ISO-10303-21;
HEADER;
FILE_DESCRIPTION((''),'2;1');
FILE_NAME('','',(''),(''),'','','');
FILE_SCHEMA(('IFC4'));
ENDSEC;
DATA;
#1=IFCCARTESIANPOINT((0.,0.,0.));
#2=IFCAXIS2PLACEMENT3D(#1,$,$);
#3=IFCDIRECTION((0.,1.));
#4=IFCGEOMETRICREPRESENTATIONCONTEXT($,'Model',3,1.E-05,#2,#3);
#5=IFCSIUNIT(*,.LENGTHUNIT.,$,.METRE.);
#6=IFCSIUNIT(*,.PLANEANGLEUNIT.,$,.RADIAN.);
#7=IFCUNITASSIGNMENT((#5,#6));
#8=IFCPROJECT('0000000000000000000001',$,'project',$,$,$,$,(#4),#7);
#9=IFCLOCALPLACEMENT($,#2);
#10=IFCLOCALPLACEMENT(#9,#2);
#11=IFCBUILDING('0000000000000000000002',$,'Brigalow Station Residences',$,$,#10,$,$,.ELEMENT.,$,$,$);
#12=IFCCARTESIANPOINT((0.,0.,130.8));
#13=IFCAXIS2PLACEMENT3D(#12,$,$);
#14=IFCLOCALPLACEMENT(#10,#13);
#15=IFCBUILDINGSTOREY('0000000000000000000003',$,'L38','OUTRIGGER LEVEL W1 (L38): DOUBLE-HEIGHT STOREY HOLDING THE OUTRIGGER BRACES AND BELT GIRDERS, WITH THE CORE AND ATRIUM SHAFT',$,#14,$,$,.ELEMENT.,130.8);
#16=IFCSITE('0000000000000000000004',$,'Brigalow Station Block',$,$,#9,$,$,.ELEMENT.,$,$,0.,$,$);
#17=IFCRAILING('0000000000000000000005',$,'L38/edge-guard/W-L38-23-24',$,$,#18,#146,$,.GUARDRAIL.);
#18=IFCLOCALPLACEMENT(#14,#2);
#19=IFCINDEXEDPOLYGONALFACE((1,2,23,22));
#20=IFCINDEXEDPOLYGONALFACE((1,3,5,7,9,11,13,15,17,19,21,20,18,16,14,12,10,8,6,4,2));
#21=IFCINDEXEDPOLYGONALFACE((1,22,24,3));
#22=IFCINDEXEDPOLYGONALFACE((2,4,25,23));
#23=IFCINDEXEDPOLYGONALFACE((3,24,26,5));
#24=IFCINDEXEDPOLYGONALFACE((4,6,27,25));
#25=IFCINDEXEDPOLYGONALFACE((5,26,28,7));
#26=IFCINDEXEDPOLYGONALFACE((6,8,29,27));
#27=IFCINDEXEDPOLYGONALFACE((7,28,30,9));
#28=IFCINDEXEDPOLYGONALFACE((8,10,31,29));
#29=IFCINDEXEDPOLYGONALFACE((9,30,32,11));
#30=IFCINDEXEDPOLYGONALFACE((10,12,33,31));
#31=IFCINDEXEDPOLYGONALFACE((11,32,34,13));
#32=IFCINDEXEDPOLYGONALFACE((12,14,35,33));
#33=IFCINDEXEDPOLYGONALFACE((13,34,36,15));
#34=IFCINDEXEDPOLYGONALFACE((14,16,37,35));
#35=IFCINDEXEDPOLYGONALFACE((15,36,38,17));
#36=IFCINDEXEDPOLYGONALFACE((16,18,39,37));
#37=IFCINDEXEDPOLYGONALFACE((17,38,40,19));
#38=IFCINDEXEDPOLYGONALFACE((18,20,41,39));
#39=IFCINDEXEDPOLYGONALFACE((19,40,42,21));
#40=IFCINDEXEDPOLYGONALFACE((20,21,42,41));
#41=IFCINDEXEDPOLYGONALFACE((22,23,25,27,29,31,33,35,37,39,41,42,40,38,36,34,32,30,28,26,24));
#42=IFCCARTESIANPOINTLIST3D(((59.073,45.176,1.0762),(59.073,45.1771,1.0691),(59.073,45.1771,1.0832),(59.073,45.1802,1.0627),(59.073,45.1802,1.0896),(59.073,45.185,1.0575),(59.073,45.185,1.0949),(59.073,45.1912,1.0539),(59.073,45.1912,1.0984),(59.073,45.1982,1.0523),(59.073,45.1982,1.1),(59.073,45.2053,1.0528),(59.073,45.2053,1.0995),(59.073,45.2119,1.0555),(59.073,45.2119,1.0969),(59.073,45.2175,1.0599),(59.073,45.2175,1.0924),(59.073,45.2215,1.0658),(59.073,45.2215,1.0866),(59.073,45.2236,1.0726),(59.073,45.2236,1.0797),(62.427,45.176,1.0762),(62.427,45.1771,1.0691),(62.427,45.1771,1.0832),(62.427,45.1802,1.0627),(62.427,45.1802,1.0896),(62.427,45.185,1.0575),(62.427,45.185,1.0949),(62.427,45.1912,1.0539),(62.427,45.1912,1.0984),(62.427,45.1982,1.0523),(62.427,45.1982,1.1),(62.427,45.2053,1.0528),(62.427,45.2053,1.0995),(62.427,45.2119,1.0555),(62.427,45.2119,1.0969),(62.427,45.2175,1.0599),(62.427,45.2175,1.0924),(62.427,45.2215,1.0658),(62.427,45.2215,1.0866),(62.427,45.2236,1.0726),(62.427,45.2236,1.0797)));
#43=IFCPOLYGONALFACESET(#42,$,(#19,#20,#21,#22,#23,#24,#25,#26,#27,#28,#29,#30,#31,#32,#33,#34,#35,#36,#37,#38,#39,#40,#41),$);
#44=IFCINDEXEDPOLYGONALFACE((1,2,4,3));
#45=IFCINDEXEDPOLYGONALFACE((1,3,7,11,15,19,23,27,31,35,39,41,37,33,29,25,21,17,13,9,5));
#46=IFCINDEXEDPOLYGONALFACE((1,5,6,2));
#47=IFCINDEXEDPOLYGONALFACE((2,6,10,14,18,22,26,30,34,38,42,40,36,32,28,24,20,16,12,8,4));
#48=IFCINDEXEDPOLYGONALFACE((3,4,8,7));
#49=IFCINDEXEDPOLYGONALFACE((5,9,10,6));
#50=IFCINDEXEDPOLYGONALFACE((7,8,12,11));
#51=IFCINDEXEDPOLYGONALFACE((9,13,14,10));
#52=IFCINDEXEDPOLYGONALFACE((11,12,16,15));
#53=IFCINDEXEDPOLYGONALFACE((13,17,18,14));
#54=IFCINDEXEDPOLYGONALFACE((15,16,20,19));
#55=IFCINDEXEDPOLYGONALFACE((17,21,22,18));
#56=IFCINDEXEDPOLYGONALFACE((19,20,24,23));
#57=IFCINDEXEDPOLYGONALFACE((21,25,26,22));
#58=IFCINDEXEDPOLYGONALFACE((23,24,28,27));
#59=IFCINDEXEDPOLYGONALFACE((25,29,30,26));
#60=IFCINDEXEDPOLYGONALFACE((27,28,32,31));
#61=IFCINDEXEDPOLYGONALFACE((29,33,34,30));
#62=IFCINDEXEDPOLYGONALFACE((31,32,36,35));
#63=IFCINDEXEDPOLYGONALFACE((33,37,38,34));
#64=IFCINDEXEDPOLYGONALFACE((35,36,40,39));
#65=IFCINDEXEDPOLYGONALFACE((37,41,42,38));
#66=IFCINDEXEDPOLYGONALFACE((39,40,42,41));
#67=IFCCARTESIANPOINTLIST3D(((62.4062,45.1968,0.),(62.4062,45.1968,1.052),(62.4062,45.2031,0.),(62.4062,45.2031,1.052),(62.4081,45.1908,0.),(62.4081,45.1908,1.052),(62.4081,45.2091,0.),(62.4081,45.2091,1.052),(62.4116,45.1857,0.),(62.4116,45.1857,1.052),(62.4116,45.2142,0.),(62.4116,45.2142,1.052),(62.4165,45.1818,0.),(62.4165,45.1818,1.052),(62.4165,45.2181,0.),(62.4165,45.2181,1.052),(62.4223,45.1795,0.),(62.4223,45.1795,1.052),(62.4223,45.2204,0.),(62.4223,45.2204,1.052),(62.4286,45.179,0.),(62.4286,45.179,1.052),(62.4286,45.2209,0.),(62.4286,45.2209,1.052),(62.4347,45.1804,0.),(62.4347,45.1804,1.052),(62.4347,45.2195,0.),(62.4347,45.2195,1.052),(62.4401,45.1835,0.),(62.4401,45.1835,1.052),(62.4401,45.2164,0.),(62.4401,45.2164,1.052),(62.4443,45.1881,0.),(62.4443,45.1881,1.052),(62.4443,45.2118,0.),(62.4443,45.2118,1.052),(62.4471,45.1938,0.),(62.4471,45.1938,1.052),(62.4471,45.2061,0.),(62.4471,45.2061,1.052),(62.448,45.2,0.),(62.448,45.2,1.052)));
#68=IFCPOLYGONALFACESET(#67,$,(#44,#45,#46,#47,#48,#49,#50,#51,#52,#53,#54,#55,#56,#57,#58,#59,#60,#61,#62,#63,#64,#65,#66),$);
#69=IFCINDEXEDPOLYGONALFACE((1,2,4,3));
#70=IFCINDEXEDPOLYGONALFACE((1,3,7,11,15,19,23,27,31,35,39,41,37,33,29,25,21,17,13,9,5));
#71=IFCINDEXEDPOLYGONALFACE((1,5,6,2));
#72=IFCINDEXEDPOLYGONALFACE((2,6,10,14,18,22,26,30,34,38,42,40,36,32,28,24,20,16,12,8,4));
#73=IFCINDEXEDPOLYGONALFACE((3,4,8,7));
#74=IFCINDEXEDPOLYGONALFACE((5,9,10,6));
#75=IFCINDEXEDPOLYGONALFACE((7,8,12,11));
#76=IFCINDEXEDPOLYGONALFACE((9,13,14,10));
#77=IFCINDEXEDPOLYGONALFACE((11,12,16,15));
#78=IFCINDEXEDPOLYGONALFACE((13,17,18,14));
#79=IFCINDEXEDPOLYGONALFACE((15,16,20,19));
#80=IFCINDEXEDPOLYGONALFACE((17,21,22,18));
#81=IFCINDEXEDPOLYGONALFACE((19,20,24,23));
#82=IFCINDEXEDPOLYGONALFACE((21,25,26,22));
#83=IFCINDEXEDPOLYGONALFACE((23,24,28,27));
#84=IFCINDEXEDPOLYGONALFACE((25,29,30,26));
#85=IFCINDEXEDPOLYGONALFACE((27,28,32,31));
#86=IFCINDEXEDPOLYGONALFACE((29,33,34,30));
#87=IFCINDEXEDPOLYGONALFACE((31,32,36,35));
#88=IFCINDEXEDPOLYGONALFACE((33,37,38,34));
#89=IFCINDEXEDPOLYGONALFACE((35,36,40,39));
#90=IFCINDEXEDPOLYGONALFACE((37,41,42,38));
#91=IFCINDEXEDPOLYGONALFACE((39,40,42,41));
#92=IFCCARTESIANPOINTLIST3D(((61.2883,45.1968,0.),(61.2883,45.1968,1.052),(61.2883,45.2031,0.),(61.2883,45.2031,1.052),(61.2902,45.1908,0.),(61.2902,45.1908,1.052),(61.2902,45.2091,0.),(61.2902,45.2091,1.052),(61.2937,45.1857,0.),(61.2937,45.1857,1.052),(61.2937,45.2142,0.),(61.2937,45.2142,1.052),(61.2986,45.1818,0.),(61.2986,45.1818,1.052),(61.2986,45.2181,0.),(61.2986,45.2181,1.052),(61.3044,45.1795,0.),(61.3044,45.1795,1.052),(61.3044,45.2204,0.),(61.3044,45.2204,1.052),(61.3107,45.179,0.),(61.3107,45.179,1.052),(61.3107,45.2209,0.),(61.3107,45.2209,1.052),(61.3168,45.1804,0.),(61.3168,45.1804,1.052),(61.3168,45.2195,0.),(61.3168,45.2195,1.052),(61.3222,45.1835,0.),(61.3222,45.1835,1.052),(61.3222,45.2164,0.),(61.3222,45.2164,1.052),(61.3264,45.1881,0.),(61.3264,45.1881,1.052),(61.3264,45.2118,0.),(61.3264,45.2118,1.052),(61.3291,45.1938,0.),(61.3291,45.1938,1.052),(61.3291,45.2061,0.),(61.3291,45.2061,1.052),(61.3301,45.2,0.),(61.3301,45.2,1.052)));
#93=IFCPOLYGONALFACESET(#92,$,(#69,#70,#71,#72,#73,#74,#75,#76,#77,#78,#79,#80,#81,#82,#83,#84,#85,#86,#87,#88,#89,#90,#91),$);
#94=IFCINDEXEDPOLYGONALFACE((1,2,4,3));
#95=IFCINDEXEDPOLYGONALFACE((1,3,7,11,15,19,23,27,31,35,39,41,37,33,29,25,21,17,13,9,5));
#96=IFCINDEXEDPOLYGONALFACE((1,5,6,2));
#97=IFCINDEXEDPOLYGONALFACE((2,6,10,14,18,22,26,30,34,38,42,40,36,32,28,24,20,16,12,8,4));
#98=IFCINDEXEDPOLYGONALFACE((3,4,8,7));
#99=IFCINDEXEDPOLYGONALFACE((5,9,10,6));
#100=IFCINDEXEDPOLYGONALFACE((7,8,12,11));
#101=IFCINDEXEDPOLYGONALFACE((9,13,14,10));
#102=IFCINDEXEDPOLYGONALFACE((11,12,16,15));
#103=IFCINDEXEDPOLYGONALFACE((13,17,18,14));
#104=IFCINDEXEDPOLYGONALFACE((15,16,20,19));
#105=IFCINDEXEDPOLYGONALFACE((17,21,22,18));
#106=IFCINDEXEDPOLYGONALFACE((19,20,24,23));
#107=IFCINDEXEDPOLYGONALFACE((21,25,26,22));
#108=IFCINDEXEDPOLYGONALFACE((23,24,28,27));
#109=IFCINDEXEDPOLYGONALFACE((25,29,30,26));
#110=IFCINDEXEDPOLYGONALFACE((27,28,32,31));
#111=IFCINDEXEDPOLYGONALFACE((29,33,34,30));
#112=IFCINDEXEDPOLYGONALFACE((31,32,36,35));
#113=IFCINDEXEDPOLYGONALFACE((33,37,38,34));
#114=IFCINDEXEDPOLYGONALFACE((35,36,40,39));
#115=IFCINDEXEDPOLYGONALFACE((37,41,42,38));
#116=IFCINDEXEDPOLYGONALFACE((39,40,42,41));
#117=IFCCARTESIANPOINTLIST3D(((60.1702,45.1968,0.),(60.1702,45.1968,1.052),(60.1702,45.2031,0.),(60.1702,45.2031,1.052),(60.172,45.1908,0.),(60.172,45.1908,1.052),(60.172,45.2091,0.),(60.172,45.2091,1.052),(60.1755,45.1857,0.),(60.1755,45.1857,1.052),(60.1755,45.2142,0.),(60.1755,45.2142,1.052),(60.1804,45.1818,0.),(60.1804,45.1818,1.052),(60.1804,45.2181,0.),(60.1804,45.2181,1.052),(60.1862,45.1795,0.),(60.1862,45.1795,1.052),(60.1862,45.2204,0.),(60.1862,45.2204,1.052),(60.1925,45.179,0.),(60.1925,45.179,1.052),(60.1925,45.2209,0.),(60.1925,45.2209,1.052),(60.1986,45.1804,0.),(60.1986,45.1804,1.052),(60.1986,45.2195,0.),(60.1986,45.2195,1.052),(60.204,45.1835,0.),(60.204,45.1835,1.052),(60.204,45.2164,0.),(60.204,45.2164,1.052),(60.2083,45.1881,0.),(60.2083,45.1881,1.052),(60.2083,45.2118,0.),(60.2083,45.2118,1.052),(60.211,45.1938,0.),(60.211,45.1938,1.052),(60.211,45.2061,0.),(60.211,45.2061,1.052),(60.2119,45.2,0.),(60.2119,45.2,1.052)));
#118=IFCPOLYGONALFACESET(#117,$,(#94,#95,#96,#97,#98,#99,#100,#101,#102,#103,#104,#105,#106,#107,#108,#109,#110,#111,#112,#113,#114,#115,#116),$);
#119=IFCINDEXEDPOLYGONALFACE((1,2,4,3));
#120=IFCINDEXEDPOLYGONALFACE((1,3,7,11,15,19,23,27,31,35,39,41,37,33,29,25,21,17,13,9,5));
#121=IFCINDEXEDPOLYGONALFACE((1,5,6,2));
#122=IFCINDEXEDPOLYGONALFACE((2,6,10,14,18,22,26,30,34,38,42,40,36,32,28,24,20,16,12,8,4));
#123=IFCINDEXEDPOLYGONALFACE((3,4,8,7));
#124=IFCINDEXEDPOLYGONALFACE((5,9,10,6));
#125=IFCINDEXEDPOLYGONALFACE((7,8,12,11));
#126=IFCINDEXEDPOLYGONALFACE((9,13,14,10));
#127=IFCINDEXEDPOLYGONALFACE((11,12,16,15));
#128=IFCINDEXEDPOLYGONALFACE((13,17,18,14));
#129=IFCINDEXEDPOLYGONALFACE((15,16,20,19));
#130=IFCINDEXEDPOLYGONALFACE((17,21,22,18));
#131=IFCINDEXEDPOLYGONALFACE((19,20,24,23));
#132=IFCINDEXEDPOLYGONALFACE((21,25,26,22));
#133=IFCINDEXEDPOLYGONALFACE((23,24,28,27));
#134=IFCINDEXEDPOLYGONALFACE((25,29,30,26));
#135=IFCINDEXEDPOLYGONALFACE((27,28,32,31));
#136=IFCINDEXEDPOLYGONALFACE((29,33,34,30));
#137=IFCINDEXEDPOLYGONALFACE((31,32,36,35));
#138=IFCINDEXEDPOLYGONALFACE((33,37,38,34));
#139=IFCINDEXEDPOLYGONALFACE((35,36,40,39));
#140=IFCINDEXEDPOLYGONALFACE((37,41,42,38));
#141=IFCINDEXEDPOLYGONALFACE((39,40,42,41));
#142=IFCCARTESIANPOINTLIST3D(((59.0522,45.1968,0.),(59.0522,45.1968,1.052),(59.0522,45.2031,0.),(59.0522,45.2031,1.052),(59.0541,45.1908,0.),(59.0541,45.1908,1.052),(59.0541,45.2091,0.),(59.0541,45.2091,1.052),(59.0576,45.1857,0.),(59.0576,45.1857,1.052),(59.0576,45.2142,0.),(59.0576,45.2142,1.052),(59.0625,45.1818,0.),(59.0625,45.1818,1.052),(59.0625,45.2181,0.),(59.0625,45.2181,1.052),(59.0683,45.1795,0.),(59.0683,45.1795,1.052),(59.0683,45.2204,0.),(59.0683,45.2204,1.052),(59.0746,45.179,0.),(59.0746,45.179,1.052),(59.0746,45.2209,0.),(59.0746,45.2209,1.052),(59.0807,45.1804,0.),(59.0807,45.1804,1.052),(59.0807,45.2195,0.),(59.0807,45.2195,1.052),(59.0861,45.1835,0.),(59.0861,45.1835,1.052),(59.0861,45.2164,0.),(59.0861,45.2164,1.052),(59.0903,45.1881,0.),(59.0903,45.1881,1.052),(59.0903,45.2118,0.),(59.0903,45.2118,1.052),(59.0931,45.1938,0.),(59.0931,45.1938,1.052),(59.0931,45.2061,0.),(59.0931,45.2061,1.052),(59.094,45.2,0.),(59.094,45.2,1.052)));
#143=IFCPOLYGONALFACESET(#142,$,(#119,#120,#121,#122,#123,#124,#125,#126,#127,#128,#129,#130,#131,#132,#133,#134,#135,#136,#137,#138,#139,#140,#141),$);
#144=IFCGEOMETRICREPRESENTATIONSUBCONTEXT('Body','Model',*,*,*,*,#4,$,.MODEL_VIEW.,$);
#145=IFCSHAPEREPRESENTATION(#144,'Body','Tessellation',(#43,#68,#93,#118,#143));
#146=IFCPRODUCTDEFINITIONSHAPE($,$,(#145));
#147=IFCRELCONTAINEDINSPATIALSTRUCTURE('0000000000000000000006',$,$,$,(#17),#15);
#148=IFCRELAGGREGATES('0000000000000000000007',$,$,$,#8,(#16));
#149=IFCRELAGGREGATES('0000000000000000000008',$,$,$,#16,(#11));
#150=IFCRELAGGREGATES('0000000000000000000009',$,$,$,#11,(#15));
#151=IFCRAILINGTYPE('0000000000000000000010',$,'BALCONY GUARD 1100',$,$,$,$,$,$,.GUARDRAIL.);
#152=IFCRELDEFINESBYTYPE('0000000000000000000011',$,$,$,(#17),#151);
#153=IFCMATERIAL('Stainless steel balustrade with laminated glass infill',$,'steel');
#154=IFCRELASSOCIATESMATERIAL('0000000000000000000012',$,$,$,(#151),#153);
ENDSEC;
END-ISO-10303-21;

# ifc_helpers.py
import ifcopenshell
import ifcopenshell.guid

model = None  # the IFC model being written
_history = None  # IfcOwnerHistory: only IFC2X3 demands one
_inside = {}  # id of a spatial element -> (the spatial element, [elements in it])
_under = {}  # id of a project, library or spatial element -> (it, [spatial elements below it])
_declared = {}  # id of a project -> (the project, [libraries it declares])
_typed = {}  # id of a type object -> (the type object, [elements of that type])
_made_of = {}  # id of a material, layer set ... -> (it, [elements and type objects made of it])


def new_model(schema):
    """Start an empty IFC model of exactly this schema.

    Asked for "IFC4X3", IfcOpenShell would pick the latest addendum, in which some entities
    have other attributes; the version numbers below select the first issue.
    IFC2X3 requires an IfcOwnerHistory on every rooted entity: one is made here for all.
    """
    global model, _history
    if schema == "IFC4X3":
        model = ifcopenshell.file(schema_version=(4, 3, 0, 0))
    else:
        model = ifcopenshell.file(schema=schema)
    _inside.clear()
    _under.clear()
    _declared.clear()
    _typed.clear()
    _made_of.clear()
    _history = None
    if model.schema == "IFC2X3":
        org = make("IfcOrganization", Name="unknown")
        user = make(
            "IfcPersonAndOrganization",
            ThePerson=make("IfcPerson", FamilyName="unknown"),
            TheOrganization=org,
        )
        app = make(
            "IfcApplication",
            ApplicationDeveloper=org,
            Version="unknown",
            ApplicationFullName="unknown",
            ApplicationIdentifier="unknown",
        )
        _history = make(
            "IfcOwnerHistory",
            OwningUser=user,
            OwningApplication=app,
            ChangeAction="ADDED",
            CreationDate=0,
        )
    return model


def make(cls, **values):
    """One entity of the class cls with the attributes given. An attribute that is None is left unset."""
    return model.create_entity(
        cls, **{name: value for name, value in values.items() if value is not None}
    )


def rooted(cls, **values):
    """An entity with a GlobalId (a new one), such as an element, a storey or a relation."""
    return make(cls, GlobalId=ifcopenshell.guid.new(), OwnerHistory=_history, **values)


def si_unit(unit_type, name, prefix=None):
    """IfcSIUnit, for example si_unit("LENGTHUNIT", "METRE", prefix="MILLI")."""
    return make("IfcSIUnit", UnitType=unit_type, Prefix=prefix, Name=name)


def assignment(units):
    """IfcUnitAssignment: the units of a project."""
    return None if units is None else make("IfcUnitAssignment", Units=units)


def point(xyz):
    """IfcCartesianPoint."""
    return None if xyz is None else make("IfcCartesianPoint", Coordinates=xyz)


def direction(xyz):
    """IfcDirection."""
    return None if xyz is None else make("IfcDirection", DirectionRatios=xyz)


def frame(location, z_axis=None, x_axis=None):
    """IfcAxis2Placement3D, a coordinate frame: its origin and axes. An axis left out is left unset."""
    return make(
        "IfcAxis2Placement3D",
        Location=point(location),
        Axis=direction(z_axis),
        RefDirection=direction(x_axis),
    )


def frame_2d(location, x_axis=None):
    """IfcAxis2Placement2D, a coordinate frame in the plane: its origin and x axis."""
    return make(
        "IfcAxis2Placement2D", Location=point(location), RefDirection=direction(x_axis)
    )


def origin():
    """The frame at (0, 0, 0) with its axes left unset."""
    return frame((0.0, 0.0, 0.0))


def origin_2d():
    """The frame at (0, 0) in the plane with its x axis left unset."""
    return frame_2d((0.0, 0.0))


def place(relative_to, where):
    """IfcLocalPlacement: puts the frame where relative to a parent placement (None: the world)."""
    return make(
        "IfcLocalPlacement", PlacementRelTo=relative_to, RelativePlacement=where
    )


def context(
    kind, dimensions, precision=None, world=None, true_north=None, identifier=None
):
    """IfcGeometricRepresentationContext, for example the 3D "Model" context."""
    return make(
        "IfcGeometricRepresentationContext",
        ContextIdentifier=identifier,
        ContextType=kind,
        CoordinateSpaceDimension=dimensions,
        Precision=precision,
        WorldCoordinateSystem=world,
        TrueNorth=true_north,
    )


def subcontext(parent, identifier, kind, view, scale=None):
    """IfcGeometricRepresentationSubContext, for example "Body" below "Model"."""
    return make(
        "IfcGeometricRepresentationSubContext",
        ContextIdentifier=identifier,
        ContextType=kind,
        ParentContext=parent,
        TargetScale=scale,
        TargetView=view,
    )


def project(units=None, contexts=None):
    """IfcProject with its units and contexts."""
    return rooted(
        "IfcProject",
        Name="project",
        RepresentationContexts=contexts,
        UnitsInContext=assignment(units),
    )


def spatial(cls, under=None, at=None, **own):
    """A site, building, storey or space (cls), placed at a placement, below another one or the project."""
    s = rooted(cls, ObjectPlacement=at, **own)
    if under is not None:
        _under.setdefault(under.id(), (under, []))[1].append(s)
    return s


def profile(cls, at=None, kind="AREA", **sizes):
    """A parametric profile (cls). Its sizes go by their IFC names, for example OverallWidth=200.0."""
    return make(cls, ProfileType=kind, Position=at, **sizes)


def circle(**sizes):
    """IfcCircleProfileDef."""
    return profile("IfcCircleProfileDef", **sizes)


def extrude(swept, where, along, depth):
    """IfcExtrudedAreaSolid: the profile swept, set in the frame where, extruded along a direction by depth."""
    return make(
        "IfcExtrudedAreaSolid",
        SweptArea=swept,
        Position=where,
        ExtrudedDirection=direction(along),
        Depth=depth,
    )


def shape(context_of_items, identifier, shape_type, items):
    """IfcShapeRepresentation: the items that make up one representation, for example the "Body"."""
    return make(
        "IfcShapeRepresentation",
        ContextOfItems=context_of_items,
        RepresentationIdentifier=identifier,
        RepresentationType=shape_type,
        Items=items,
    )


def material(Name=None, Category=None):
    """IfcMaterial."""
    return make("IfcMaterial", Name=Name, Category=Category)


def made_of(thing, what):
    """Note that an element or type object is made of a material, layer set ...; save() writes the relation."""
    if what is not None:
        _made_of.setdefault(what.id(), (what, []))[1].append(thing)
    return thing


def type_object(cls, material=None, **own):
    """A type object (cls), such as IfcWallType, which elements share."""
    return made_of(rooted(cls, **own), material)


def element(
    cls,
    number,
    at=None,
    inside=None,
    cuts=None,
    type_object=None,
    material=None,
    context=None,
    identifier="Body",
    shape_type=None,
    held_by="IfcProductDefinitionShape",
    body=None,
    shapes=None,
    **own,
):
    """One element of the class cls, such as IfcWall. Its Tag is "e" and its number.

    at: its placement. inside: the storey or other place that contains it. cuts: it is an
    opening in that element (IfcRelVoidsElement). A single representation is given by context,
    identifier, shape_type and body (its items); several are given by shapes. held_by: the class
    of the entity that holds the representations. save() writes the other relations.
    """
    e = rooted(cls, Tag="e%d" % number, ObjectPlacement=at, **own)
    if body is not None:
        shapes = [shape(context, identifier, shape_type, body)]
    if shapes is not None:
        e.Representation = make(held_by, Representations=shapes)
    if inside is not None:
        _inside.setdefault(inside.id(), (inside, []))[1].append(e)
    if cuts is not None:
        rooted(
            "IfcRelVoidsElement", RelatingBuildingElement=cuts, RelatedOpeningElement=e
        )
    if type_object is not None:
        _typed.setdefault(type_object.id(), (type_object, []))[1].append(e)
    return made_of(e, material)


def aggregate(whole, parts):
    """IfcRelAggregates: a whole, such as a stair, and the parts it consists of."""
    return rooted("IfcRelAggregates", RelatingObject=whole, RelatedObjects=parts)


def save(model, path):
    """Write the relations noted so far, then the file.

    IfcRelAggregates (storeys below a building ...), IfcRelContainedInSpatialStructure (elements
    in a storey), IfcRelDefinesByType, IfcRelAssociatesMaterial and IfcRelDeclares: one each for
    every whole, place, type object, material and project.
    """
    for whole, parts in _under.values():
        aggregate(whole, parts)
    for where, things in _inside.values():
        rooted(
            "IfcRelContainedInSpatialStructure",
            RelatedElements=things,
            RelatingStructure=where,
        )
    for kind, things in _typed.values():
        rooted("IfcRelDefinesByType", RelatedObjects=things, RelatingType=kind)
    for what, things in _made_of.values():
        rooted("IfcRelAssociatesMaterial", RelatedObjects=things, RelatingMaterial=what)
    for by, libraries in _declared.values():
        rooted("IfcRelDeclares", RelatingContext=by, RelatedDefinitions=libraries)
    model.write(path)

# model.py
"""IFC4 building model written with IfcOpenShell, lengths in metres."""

from ifc_helpers import new_model, si_unit, direction, frame, origin, origin_2d, place, context, subcontext, project, spatial, circle, extrude, material, type_object, element, save


model = new_model("IFC4")

# Units and contexts
model_context = context("Model", 3, precision=1e-05, world=origin(), true_north=direction((0.0, 1.0)))
body_context = subcontext(model_context, "Body", "Model", "MODEL_VIEW")
ifc_project = project(units=[si_unit("LENGTHUNIT", "METRE"), si_unit("PLANEANGLEUNIT", "RADIAN")], contexts=[model_context])

# Site, building, storey
site_placement = place(None, origin())
site = spatial("IfcSite", under=ifc_project, at=site_placement, Name="Brigalow Station Block", CompositionType="ELEMENT", RefElevation=0.0)
building_placement = place(site_placement, origin())
building = spatial("IfcBuilding", under=site, at=building_placement, Name="Brigalow Station Residences", CompositionType="ELEMENT")
storey_placement = place(building_placement, frame((0.0, 0.0, 130.8)))
storey = spatial("IfcBuildingStorey", under=building, at=storey_placement, Name="L38", Description="OUTRIGGER LEVEL W1 (L38): DOUBLE-HEIGHT STOREY HOLDING THE OUTRIGGER BRACES AND BELT GIRDERS, WITH THE CORE AND ATRIUM SHAFT", CompositionType="ELEMENT", Elevation=130.8)

# Railing
ifc_material_1 = material(Name="Stainless steel balustrade with laminated glass infill", Category="steel")
railing_type = type_object("IfcRailingType", Name="BALCONY GUARD 1100", PredefinedType="GUARDRAIL", material=ifc_material_1)
for number, where, name in (
    (1, (62.427, 45.2, 0.0), "L38/edge-guard/W-L38-23-24"),
):
    element("IfcRailing", number, at=place(storey_placement, frame(where)), inside=storey, type_object=railing_type, Name=name, PredefinedType="GUARDRAIL", context=body_context, shape_type="SweptSolid", body=[
        extrude(circle(Radius=0.0239, at=origin_2d()), frame((0.0, 0.0, 1.0762), z_axis=(-1.0, 0.0, 0.0), x_axis=(0.0, -1.0, 0.0)), (0.0, 0.0, 1.0), 3.354),
        extrude(circle(Radius=0.021, at=origin_2d()), origin(), (0.0, 0.0, 1.0), 1.052),
        extrude(circle(Radius=0.021, at=origin_2d()), frame((-1.1179, 0.0, 0.0)), (0.0, 0.0, 1.0), 1.052),
        extrude(circle(Radius=0.021, at=origin_2d()), frame((-2.2361, 0.0, 0.0)), (0.0, 0.0, 1.0), 1.052),
        extrude(circle(Radius=0.021, at=origin_2d()), frame((-3.354, 0.0, 0.0)), (0.0, 0.0, 1.0), 1.052),
    ])

save(model, "model.ifc")
